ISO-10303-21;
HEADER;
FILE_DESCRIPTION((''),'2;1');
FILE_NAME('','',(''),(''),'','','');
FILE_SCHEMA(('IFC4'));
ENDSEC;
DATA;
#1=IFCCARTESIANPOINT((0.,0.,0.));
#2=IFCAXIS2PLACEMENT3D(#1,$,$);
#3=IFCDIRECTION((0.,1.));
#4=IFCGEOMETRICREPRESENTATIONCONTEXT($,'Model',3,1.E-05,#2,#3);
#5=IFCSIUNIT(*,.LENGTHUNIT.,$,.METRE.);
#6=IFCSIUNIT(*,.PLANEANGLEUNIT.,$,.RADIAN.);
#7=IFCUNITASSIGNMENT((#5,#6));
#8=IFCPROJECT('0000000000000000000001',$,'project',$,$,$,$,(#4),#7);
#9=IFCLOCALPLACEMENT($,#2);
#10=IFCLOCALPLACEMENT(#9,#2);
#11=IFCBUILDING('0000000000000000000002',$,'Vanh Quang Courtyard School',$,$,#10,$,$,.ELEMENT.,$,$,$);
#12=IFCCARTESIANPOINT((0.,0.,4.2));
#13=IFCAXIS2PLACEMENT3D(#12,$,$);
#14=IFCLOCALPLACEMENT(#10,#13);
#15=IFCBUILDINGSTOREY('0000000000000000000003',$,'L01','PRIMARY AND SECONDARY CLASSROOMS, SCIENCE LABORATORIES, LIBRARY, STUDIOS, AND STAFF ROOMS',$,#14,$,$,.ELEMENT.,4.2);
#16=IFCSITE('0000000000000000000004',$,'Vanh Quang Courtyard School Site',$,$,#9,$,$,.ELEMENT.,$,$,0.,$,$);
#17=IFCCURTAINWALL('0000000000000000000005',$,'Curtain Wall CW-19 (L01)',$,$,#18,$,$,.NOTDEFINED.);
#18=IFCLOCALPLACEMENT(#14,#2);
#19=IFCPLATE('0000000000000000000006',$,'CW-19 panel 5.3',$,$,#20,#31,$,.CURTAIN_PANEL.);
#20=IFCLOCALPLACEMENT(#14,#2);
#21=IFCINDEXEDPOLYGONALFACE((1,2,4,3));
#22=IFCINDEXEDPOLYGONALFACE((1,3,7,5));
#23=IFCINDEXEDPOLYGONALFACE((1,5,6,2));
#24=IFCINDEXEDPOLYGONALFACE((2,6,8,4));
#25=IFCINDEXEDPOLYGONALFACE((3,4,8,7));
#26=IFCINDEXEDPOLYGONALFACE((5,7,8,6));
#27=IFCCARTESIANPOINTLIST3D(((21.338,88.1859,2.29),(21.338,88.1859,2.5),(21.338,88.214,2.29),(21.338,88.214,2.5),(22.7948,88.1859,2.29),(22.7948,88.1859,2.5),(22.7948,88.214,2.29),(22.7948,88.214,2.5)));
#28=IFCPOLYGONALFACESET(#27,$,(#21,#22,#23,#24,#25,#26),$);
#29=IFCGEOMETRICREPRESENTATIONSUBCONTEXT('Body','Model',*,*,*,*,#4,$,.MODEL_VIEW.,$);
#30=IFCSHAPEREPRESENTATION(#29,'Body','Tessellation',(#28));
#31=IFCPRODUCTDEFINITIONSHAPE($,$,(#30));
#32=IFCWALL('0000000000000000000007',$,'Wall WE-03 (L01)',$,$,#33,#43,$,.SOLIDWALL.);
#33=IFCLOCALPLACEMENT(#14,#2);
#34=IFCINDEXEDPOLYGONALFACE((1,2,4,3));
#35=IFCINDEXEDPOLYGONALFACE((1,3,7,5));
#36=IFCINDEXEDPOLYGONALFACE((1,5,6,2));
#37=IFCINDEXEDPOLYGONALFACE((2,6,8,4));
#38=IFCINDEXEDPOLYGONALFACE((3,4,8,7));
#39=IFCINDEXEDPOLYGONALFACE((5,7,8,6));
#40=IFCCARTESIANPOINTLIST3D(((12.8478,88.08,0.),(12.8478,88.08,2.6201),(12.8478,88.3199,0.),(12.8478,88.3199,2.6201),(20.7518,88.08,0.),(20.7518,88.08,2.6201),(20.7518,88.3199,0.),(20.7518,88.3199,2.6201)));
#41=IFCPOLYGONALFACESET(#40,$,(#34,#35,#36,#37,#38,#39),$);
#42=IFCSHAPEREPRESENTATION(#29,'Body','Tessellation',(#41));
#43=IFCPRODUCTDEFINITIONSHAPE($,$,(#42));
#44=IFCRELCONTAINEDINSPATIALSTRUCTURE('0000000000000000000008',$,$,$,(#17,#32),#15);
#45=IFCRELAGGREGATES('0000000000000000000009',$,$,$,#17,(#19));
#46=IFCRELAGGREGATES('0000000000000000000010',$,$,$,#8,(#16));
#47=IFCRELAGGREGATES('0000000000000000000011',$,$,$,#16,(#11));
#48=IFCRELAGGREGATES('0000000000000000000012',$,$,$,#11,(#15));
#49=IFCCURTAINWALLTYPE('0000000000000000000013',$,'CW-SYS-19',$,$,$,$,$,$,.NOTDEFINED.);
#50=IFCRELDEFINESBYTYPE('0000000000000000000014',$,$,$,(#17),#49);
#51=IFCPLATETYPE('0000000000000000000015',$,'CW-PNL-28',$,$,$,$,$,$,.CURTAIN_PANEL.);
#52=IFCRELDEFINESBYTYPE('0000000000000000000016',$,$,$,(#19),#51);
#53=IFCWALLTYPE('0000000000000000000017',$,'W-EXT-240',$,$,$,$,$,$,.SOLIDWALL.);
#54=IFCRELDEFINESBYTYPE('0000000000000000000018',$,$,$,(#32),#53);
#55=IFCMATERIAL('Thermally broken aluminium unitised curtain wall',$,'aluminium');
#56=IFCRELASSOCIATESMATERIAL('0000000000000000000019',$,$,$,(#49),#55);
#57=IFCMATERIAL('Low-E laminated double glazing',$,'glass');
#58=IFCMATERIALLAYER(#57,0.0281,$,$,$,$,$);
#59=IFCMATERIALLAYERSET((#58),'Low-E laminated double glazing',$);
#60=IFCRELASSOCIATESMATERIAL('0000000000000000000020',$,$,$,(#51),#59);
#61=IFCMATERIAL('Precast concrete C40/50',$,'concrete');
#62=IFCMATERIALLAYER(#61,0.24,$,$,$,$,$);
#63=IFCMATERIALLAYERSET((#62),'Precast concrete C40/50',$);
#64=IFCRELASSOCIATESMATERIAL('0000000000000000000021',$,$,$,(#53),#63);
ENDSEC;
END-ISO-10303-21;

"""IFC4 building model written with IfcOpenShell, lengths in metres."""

from ifc_helpers import new_model, si_unit, direction, frame, frame_2d, origin, origin_2d, place, context, subcontext, project, spatial, rectangle, extrude, material, layer, layer_set, type_object, element, aggregate, save


model = new_model("IFC4")

# Units and contexts
model_context = context("Model", 3, precision=1e-05, world=origin(), true_north=direction((0.0, 1.0)))
body_context = subcontext(model_context, "Body", "Model", "MODEL_VIEW")
ifc_project = project(units=[si_unit("LENGTHUNIT", "METRE"), si_unit("PLANEANGLEUNIT", "RADIAN")], contexts=[model_context])

# Site, building, storey
site_placement = place(None, origin())
site = spatial("IfcSite", under=ifc_project, at=site_placement, Name="Vanh Quang Courtyard School Site", CompositionType="ELEMENT", RefElevation=0.0)
building_placement = place(site_placement, origin())
building = spatial("IfcBuilding", under=site, at=building_placement, Name="Vanh Quang Courtyard School", CompositionType="ELEMENT")
storey_placement = place(building_placement, frame((0.0, 0.0, 4.2)))
storey = spatial("IfcBuildingStorey", under=building, at=storey_placement, Name="L01", Description="PRIMARY AND SECONDARY CLASSROOMS, SCIENCE LABORATORIES, LIBRARY, STUDIOS, AND STAFF ROOMS", CompositionType="ELEMENT", Elevation=4.2)

# Shared definitions
ifc_material_1 = material(Name="Thermally broken aluminium unitised curtain wall", Category="aluminium")
curtain_wall_type = type_object("IfcCurtainWallType", Name="CW-SYS-19", PredefinedType="NOTDEFINED", material=ifc_material_1)

# Curtain wall
curtain_wall_1_placement = place(storey_placement, origin())
curtain_wall_1 = element("IfcCurtainWall", 1, at=curtain_wall_1_placement, inside=storey, type_object=curtain_wall_type, Name="Curtain Wall CW-19 (L01)", PredefinedType="NOTDEFINED")

# Plate
ifc_material_2 = material(Name="Low-E laminated double glazing", Category="glass")
ifc_layer_1 = layer(ifc_material_2, 0.0281)
ifc_layer_set_1 = layer_set([ifc_layer_1], Name="Low-E laminated double glazing")
plate_type = type_object("IfcPlateType", Name="CW-PNL-28", PredefinedType="CURTAIN_PANEL", material=ifc_layer_set_1)
plate_1_placement = place(storey_placement, frame((22.0664, 88.2, 2.29), z_axis=(0.0, 0.0, 1.0), x_axis=(-1.0, 0.0, 0.0)))
plate_1 = element("IfcPlate", 2, at=plate_1_placement, type_object=plate_type, Name="CW-19 panel 5.3", PredefinedType="CURTAIN_PANEL", context=body_context, shape_type="SweptSolid", body=[
    extrude(rectangle(XDim=1.4568, YDim=0.0281, at=origin_2d()), origin(), (0.0, 0.0, 1.0), 0.21),
])
aggregate(curtain_wall_1, [plate_1])

# Wall
ifc_material_3 = material(Name="Precast concrete C40/50", Category="concrete")
ifc_layer_2 = layer(ifc_material_3, 0.24)
ifc_layer_set_2 = layer_set([ifc_layer_2], Name="Precast concrete C40/50")
wall_type = type_object("IfcWallType", Name="W-EXT-240", PredefinedType="SOLIDWALL", material=ifc_layer_set_2)
wall_placement = place(storey_placement, frame((20.752, 88.2, 0.0), z_axis=(0.0, 0.0, 1.0), x_axis=(-1.0, 0.0, 0.0)))
element("IfcWall", 3, at=wall_placement, inside=storey, type_object=wall_type, Name="Wall WE-03 (L01)", PredefinedType="SOLIDWALL", context=body_context, shape_type="SweptSolid", body=[
    extrude(rectangle(XDim=7.9041, YDim=0.24, at=frame_2d((3.9521, 0.0))), origin(), (0.0, 0.0, 1.0), 2.6201),
])

save(model, "model.ifc")
